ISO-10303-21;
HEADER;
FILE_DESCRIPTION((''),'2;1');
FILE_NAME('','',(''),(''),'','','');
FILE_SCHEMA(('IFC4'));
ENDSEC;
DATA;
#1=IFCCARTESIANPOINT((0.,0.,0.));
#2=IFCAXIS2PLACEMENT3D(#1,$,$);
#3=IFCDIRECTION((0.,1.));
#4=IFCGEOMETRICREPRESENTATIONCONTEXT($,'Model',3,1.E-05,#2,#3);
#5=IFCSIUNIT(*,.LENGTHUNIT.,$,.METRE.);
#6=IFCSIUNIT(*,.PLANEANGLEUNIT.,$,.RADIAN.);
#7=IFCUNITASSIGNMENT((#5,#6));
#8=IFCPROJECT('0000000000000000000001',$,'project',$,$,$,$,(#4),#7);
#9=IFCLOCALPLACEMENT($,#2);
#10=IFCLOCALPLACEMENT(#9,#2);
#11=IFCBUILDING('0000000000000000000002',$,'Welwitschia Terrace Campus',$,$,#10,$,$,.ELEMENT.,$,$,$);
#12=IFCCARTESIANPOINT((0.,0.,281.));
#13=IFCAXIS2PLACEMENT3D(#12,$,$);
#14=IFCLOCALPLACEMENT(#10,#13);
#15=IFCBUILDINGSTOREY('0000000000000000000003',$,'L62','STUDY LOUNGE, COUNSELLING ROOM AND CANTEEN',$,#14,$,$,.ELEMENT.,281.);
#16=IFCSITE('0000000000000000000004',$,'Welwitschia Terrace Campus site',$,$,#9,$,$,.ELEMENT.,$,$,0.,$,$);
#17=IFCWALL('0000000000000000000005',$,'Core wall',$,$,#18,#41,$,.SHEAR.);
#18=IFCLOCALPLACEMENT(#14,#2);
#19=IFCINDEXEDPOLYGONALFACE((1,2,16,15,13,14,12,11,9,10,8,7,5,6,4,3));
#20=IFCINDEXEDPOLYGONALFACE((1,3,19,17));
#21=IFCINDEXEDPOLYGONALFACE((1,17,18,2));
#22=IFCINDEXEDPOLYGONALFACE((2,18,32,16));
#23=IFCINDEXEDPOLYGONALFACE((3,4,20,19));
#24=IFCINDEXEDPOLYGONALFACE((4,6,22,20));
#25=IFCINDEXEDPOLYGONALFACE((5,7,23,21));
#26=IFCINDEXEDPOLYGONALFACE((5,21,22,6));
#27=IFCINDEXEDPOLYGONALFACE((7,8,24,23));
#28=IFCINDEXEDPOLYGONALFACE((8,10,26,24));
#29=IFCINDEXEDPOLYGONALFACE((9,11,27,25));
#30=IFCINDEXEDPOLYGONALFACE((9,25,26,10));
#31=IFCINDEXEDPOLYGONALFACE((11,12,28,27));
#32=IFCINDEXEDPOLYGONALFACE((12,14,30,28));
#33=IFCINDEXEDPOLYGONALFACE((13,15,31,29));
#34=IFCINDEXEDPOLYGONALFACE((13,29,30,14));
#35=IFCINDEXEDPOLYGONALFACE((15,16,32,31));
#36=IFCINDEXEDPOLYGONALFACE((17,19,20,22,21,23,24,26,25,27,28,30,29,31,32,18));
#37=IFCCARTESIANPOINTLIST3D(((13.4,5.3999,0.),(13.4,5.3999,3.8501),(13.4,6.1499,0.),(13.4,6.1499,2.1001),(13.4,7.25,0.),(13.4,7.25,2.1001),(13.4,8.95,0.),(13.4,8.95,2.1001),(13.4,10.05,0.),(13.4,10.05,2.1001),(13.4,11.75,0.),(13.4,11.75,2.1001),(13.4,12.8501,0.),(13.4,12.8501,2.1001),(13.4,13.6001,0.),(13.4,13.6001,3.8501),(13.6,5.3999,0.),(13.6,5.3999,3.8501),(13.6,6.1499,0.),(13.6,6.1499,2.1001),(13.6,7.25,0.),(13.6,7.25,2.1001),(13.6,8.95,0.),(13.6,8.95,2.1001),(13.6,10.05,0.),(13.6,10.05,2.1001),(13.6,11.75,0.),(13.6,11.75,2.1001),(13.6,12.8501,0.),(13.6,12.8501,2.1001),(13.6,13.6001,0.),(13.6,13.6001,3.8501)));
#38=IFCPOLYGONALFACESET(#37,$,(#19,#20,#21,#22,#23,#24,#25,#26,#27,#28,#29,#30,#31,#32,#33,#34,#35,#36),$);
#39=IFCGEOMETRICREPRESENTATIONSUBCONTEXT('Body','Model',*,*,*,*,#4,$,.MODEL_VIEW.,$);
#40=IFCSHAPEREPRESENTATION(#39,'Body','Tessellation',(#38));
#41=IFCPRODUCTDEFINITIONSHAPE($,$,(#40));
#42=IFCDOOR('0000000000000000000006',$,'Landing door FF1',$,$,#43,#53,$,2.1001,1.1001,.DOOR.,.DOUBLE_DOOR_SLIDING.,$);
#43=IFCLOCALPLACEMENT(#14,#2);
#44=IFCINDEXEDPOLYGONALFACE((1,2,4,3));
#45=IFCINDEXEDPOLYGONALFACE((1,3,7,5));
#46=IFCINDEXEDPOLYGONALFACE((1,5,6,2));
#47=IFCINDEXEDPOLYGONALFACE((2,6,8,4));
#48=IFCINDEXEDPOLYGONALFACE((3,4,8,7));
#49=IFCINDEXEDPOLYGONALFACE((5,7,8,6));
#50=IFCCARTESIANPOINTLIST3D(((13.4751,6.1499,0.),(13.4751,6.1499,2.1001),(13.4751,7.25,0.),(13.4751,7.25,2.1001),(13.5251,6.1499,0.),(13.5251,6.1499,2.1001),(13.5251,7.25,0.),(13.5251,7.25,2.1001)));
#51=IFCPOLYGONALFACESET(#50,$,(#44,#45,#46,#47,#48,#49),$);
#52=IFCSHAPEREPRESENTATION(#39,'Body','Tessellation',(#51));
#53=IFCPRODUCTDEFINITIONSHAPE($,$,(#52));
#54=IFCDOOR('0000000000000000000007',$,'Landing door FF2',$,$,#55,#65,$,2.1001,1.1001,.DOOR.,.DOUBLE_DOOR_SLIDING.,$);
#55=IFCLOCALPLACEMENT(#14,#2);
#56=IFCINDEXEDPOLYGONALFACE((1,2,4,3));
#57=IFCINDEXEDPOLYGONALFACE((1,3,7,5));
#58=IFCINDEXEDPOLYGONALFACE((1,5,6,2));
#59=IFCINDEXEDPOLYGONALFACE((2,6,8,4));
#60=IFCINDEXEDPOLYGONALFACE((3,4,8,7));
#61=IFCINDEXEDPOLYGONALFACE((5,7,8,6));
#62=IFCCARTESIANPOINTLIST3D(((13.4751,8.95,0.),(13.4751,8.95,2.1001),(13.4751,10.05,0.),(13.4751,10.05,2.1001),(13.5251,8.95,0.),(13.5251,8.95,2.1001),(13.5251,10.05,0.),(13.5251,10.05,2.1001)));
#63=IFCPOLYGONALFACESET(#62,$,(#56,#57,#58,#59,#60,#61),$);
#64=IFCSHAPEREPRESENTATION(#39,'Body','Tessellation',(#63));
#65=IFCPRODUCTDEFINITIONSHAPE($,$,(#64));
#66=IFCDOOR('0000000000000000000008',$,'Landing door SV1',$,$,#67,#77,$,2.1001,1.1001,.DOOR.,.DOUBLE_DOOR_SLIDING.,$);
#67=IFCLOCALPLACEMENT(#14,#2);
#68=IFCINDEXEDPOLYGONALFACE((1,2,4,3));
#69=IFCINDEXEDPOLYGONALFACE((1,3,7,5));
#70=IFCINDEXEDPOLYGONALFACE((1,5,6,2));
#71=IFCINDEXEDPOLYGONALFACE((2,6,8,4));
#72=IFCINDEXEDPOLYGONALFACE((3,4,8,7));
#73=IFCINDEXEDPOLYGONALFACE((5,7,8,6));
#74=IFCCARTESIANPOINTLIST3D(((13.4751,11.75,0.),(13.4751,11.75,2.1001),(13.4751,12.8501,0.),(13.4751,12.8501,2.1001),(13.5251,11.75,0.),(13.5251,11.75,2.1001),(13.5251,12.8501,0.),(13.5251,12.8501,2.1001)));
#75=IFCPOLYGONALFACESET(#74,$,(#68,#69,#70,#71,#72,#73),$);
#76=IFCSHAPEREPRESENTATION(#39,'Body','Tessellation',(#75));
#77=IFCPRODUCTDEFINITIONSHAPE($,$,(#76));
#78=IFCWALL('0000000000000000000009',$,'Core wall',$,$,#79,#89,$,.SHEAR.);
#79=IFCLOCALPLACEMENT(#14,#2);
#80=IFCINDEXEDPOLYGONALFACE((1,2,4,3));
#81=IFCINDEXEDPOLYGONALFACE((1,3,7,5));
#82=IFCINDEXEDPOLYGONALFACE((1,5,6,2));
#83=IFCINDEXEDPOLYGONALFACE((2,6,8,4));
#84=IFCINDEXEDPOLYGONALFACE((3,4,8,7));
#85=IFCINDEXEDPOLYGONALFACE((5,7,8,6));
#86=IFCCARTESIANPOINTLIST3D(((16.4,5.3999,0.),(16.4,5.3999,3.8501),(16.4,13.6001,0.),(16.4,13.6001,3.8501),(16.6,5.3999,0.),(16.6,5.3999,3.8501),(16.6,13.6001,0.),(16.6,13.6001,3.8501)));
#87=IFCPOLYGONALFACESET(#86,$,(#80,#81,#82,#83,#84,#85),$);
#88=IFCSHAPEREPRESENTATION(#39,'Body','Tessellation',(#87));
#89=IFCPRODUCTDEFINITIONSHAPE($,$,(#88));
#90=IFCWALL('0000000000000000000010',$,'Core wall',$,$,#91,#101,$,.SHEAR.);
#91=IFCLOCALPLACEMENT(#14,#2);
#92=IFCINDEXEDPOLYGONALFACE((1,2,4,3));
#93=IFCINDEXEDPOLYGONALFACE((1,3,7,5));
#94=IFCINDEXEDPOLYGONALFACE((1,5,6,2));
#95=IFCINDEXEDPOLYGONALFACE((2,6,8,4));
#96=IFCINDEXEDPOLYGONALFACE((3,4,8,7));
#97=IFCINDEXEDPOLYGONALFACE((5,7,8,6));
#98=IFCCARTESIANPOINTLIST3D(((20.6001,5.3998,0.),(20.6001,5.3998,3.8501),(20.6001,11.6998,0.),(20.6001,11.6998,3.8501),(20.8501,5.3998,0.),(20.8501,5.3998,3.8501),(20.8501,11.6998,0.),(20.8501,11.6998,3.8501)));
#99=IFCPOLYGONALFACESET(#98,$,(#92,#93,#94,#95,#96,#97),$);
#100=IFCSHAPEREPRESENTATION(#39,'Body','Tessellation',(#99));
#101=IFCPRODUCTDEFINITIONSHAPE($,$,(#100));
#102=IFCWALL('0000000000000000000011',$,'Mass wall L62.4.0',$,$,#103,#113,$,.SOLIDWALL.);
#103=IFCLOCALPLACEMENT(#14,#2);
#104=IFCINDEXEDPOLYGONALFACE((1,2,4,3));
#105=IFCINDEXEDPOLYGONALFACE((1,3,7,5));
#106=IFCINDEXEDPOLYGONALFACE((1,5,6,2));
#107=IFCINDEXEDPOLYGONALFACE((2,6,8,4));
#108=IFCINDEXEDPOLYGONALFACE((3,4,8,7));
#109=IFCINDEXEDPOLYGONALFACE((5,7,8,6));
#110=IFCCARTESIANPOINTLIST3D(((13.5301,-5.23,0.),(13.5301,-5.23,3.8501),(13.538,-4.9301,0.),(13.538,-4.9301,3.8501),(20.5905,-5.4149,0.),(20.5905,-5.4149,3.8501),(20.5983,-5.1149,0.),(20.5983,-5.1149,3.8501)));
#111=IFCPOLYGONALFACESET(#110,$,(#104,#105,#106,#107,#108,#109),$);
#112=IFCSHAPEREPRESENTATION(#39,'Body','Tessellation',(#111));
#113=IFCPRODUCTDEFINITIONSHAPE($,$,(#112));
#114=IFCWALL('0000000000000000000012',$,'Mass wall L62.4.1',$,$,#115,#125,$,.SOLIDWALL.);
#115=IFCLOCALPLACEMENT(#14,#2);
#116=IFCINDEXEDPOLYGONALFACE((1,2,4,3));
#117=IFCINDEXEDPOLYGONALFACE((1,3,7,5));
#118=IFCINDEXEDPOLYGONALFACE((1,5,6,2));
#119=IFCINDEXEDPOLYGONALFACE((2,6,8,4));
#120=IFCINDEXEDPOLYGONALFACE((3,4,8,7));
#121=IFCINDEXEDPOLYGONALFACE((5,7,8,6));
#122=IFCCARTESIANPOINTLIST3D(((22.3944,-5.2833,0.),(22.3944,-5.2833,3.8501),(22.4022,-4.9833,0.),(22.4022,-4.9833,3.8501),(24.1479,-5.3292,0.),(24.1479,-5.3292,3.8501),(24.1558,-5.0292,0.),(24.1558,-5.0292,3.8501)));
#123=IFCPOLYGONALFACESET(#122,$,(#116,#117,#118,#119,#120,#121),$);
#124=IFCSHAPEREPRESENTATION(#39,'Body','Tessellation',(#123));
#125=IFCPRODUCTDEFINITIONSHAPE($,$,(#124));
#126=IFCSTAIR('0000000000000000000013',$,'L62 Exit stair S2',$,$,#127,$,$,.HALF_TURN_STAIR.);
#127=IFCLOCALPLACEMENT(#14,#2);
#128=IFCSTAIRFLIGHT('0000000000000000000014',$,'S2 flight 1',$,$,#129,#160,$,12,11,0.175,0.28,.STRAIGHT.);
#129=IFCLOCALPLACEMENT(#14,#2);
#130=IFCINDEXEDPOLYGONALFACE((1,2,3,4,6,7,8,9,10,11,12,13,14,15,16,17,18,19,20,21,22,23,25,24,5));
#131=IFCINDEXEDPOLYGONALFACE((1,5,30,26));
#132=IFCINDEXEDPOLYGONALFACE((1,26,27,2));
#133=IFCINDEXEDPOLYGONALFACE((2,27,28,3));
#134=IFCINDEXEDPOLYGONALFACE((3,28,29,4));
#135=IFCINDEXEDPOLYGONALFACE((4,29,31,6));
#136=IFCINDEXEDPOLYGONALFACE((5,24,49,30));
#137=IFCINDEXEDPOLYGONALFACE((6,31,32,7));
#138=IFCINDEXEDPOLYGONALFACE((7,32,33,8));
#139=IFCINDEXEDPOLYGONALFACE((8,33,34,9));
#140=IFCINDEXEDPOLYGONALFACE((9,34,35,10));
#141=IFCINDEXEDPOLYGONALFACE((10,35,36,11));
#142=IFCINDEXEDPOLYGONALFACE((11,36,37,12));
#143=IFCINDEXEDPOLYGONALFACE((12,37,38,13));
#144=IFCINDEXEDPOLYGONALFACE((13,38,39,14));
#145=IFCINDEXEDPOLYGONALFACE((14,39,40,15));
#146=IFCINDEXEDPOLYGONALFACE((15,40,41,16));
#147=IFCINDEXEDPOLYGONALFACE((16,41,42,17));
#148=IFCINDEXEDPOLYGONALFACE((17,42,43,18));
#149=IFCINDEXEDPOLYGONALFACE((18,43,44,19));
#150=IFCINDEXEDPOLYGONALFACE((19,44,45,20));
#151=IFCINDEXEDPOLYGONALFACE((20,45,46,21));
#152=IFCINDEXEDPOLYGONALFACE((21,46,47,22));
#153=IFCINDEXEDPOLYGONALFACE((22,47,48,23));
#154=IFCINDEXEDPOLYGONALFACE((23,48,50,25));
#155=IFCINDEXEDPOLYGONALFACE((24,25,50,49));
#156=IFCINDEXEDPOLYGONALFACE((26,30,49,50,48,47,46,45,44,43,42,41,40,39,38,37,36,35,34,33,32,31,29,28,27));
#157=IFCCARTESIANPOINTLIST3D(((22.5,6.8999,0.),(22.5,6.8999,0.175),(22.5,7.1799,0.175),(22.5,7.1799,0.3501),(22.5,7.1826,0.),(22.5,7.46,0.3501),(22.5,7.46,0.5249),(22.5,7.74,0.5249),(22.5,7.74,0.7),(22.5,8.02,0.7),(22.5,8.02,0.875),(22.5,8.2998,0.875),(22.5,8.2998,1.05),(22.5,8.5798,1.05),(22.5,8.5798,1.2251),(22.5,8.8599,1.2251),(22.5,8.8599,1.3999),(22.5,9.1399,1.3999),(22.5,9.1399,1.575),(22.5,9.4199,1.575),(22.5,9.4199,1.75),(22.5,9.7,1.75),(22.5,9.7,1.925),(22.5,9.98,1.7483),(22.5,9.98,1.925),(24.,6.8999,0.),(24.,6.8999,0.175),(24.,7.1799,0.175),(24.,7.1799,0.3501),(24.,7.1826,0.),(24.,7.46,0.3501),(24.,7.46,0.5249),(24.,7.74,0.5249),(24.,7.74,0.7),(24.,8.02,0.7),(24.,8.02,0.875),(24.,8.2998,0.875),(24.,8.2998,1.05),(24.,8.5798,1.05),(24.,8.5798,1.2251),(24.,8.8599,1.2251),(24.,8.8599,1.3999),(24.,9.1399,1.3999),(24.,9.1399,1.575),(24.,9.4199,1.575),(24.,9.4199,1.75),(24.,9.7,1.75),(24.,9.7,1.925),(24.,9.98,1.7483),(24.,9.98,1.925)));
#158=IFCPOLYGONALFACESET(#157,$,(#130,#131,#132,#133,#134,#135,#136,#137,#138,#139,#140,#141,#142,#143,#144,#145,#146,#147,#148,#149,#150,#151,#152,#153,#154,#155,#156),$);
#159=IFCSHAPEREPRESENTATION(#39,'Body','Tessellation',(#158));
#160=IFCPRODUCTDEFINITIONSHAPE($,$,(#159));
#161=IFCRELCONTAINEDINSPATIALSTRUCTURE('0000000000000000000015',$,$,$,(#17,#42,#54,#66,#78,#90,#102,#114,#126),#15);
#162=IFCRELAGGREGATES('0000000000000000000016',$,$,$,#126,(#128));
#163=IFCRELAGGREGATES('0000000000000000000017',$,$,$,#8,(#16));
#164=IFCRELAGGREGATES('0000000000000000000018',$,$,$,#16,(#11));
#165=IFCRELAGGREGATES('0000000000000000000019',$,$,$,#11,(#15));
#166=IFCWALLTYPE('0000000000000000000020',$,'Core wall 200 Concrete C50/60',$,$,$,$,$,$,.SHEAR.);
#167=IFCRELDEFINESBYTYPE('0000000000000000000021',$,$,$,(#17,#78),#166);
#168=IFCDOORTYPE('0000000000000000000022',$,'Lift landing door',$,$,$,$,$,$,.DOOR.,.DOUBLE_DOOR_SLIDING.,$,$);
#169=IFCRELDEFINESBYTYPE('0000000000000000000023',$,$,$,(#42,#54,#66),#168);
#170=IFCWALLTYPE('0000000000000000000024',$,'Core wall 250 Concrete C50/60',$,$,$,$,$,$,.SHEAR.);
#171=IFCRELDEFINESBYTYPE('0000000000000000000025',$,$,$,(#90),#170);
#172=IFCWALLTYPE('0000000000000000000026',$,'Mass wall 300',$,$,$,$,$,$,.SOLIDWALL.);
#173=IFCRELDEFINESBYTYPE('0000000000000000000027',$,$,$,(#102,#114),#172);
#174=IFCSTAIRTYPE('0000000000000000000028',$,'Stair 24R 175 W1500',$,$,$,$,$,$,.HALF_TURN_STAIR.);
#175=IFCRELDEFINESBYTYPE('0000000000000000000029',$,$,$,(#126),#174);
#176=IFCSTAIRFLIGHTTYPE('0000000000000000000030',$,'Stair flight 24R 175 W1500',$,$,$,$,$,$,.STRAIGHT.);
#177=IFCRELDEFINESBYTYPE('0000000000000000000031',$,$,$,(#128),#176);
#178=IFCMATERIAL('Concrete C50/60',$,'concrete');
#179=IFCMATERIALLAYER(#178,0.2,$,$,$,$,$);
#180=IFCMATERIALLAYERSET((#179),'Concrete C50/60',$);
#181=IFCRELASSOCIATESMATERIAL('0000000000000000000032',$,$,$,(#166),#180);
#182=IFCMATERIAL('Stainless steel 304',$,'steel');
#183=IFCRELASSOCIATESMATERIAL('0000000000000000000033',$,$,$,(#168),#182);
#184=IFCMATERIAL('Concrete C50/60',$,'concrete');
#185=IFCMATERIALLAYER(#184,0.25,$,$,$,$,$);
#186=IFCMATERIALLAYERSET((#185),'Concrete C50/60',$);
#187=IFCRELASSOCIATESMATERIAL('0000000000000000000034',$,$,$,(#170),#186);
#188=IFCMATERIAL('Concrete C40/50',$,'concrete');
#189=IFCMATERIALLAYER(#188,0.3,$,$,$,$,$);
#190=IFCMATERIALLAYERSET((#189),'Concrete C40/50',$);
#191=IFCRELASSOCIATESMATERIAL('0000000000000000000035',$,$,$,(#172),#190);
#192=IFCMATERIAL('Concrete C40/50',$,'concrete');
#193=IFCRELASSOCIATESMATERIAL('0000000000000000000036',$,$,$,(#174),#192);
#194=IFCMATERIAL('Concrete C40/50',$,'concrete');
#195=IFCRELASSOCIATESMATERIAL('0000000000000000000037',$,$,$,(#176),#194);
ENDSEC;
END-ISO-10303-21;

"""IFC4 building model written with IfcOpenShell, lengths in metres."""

from ifc_helpers import new_model, si_unit, direction, frame, frame_2d, origin, place, context, subcontext, project, spatial, polyline, rectangle, outline, extrude, material, layer, layer_set, type_object, element, fill, aggregate, save


model = new_model("IFC4")

# Units and contexts
model_context = context("Model", 3, precision=1e-05, world=origin(), true_north=direction((0.0, 1.0)))
body_context = subcontext(model_context, "Body", "Model", "MODEL_VIEW")
ifc_project = project(units=[si_unit("LENGTHUNIT", "METRE"), si_unit("PLANEANGLEUNIT", "RADIAN")], contexts=[model_context])

# Site, building, storey
site_placement = place(None, origin())
site = spatial("IfcSite", under=ifc_project, at=site_placement, Name="Welwitschia Terrace Campus site", CompositionType="ELEMENT", RefElevation=0.0)
building_placement = place(site_placement, origin())
building = spatial("IfcBuilding", under=site, at=building_placement, Name="Welwitschia Terrace Campus", CompositionType="ELEMENT")
storey_placement = place(building_placement, frame((0.0, 0.0, 281.0)))
storey = spatial("IfcBuildingStorey", under=building, at=storey_placement, Name="L62", Description="STUDY LOUNGE, COUNSELLING ROOM AND CANTEEN", CompositionType="ELEMENT", Elevation=281.0)

# Shared definitions
ifc_material_1 = material(Name="Concrete C50/60", Category="concrete")
ifc_layer_1 = layer(ifc_material_1, 0.2)
ifc_layer_set_1 = layer_set([ifc_layer_1], Name="Concrete C50/60")
wall_type_1 = type_object("IfcWallType", Name="Core wall 200 Concrete C50/60", PredefinedType="SHEAR", material=ifc_layer_set_1)

# Wall, openings, doors
wall_1_placement = place(storey_placement, frame((13.5, 5.3999, 0.0), z_axis=(0.0, 0.0, 1.0), x_axis=(0.0, 1.0, 0.0)))
wall_1 = element("IfcWall", 1, at=wall_1_placement, inside=storey, type_object=wall_type_1, Name="Core wall", PredefinedType="SHEAR", context=body_context, shape_type="SweptSolid", body=[
    extrude(rectangle(XDim=8.2002, YDim=0.2, at=frame_2d((4.1001, 0.0))), origin(), (0.0, 0.0, 1.0), 3.8501),
])
opening_1_placement = place(wall_1_placement, frame((0.75, 0.0, 0.0)))
opening_1 = element("IfcOpeningElement", 2, at=opening_1_placement, cuts=wall_1, PredefinedType="OPENING", context=body_context, shape_type="SweptSolid", body=[
    extrude(rectangle(XDim=1.1001, YDim=2.1001, at=frame_2d((0.55, 1.05))), frame((0.0, 0.1099, 0.0), z_axis=(0.0, -1.0, 0.0), x_axis=(1.0, 0.0, 0.0)), (0.0, 0.0, 1.0), 0.22),
])
opening_2_placement = place(wall_1_placement, frame((3.55, 0.0, 0.0)))
opening_2 = element("IfcOpeningElement", 3, at=opening_2_placement, cuts=wall_1, PredefinedType="OPENING", context=body_context, shape_type="SweptSolid", body=[
    extrude(rectangle(XDim=1.1001, YDim=2.1001, at=frame_2d((0.55, 1.05))), frame((0.0, 0.1099, 0.0), z_axis=(0.0, -1.0, 0.0), x_axis=(1.0, 0.0, 0.0)), (0.0, 0.0, 1.0), 0.22),
])
opening_3_placement = place(wall_1_placement, frame((6.3501, 0.0, 0.0)))
opening_3 = element("IfcOpeningElement", 4, at=opening_3_placement, cuts=wall_1, PredefinedType="OPENING", context=body_context, shape_type="SweptSolid", body=[
    extrude(rectangle(XDim=1.1001, YDim=2.1001, at=frame_2d((0.55, 1.05))), frame((0.0, 0.1099, 0.0), z_axis=(0.0, -1.0, 0.0), x_axis=(1.0, 0.0, 0.0)), (0.0, 0.0, 1.0), 0.22),
])
ifc_material_2 = material(Name="Stainless steel 304", Category="steel")
door_type = type_object("IfcDoorType", Name="Lift landing door", OperationType="DOUBLE_DOOR_SLIDING", PredefinedType="DOOR", material=ifc_material_2)
door_1_placement = place(opening_1_placement, origin())
door_1 = element("IfcDoor", 5, at=door_1_placement, inside=storey, type_object=door_type, Name="Landing door FF1", OperationType="DOUBLE_DOOR_SLIDING", OverallHeight=2.1001, OverallWidth=1.1001, PredefinedType="DOOR", context=body_context, shape_type="SweptSolid", body=[
    extrude(rectangle(XDim=1.1001, YDim=2.1001, at=frame_2d((0.55, 1.05))), frame((0.0, 0.0249, 0.0), z_axis=(0.0, -1.0, 0.0), x_axis=(1.0, 0.0, 0.0)), (0.0, 0.0, 1.0), 0.05),
])
fill(opening_1, door_1)
door_2_placement = place(opening_2_placement, origin())
door_2 = element("IfcDoor", 6, at=door_2_placement, inside=storey, type_object=door_type, Name="Landing door FF2", OperationType="DOUBLE_DOOR_SLIDING", OverallHeight=2.1001, OverallWidth=1.1001, PredefinedType="DOOR", context=body_context, shape_type="SweptSolid", body=[
    extrude(rectangle(XDim=1.1001, YDim=2.1001, at=frame_2d((0.55, 1.05))), frame((0.0, 0.0249, 0.0), z_axis=(0.0, -1.0, 0.0), x_axis=(1.0, 0.0, 0.0)), (0.0, 0.0, 1.0), 0.05),
])
fill(opening_2, door_2)
door_3_placement = place(opening_3_placement, origin())
door_3 = element("IfcDoor", 7, at=door_3_placement, inside=storey, type_object=door_type, Name="Landing door SV1", OperationType="DOUBLE_DOOR_SLIDING", OverallHeight=2.1001, OverallWidth=1.1001, PredefinedType="DOOR", context=body_context, shape_type="SweptSolid", body=[
    extrude(rectangle(XDim=1.1001, YDim=2.1001, at=frame_2d((0.55, 1.05))), frame((0.0, 0.0249, 0.0), z_axis=(0.0, -1.0, 0.0), x_axis=(1.0, 0.0, 0.0)), (0.0, 0.0, 1.0), 0.05),
])
fill(opening_3, door_3)

# Walls
wall_2_placement = place(storey_placement, frame((16.5, 5.3999, 0.0), z_axis=(0.0, 0.0, 1.0), x_axis=(0.0, 1.0, 0.0)))
element("IfcWall", 8, at=wall_2_placement, inside=storey, type_object=wall_type_1, Name="Core wall", PredefinedType="SHEAR", context=body_context, shape_type="SweptSolid", body=[
    extrude(rectangle(XDim=8.2002, YDim=0.2, at=frame_2d((4.1001, 0.0))), origin(), (0.0, 0.0, 1.0), 3.8501),
])
ifc_material_3 = material(Name="Concrete C50/60", Category="concrete")
ifc_layer_2 = layer(ifc_material_3, 0.25)
ifc_layer_set_2 = layer_set([ifc_layer_2], Name="Concrete C50/60")
wall_type_2 = type_object("IfcWallType", Name="Core wall 250 Concrete C50/60", PredefinedType="SHEAR", material=ifc_layer_set_2)
wall_3_placement = place(storey_placement, frame((20.7251, 5.3999, 0.0), z_axis=(0.0, 0.0, 1.0), x_axis=(0.0, 1.0, 0.0)))
element("IfcWall", 9, at=wall_3_placement, inside=storey, type_object=wall_type_2, Name="Core wall", PredefinedType="SHEAR", context=body_context, shape_type="SweptSolid", body=[
    extrude(rectangle(XDim=6.3, YDim=0.25, at=frame_2d((3.1499, 0.0))), origin(), (0.0, 0.0, 1.0), 3.8501),
])
ifc_material_4 = material(Name="Concrete C40/50", Category="concrete")
ifc_layer_3 = layer(ifc_material_4, 0.3)
ifc_layer_set_3 = layer_set([ifc_layer_3], Name="Concrete C40/50")
wall_type_3 = type_object("IfcWallType", Name="Mass wall 300", PredefinedType="SOLIDWALL", material=ifc_layer_set_3)
wall_4_placement = place(storey_placement, frame((13.5342, -5.0801, 0.0), z_axis=(0.0, 0.0, 1.0), x_axis=(0.999658, -0.026168, 0.0)))
element("IfcWall", 10, at=wall_4_placement, inside=storey, type_object=wall_type_3, Name="Mass wall L62.4.0", PredefinedType="SOLIDWALL", context=body_context, shape_type="SweptSolid", body=[
    extrude(rectangle(XDim=7.0627, YDim=0.3, at=frame_2d((3.5312, 0.0))), origin(), (0.0, 0.0, 1.0), 3.8501),
])
wall_5_placement = place(storey_placement, frame((22.3984, -5.1333, 0.0), z_axis=(0.0, 0.0, 1.0), x_axis=(0.999658, -0.026164, 0.0)))
element("IfcWall", 11, at=wall_5_placement, inside=storey, type_object=wall_type_3, Name="Mass wall L62.4.1", PredefinedType="SOLIDWALL", context=body_context, shape_type="SweptSolid", body=[
    extrude(rectangle(XDim=1.7542, YDim=0.3, at=frame_2d((0.877, 0.0))), origin(), (0.0, 0.0, 1.0), 3.8501),
])

# Stair, stair flight
ifc_material_5 = material(Name="Concrete C40/50", Category="concrete")
stair_type = type_object("IfcStairType", Name="Stair 24R 175 W1500", PredefinedType="HALF_TURN_STAIR", material=ifc_material_5)
stair_placement = place(storey_placement, origin())
stair = element("IfcStair", 12, at=stair_placement, inside=storey, type_object=stair_type, Name="L62 Exit stair S2", PredefinedType="HALF_TURN_STAIR")
ifc_material_6 = material(Name="Concrete C40/50", Category="concrete")
stair_flight_type = type_object("IfcStairFlightType", Name="Stair flight 24R 175 W1500", PredefinedType="STRAIGHT", material=ifc_material_6)
stair_flight_placement = place(storey_placement, frame((23.25, 6.8999, 0.0), z_axis=(0.0, 0.0, 1.0), x_axis=(0.0, 1.0, 0.0)))
stair_flight = element("IfcStairFlight", 13, at=stair_flight_placement, type_object=stair_flight_type, Name="S2 flight 1", NumberOfRisers=12, NumberOfTreads=11, PredefinedType="STRAIGHT", RiserHeight=0.175, TreadLength=0.28, context=body_context, shape_type="SweptSolid", body=[
    extrude(outline(polyline([(0.0, 0.0), (0.0, 0.175), (0.28, 0.175), (0.28, 0.3501), (0.5601, 0.3501), (0.5601, 0.5249), (0.8401, 0.5249), (0.8401, 0.7), (1.1201, 0.7), (1.1201, 0.875), (1.3999, 0.875), (1.3999, 1.05), (1.6799, 1.05), (1.6799, 1.2251), (1.96, 1.2251), (1.96, 1.3999), (2.24, 1.3999), (2.24, 1.575), (2.52, 1.575), (2.52, 1.75), (2.8, 1.75), (2.8, 1.925), (3.0801, 1.925), (3.0801, 2.1001), (3.0801, 1.7483), (0.2827, 0.0), (0.0, 0.0)])), frame((0.0, 0.75, 0.0), z_axis=(0.0, -1.0, 0.0), x_axis=(1.0, 0.0, 0.0)), (0.0, 0.0, 1.0), 1.5),
])
aggregate(stair, [stair_flight])

save(model, "model.ifc")
